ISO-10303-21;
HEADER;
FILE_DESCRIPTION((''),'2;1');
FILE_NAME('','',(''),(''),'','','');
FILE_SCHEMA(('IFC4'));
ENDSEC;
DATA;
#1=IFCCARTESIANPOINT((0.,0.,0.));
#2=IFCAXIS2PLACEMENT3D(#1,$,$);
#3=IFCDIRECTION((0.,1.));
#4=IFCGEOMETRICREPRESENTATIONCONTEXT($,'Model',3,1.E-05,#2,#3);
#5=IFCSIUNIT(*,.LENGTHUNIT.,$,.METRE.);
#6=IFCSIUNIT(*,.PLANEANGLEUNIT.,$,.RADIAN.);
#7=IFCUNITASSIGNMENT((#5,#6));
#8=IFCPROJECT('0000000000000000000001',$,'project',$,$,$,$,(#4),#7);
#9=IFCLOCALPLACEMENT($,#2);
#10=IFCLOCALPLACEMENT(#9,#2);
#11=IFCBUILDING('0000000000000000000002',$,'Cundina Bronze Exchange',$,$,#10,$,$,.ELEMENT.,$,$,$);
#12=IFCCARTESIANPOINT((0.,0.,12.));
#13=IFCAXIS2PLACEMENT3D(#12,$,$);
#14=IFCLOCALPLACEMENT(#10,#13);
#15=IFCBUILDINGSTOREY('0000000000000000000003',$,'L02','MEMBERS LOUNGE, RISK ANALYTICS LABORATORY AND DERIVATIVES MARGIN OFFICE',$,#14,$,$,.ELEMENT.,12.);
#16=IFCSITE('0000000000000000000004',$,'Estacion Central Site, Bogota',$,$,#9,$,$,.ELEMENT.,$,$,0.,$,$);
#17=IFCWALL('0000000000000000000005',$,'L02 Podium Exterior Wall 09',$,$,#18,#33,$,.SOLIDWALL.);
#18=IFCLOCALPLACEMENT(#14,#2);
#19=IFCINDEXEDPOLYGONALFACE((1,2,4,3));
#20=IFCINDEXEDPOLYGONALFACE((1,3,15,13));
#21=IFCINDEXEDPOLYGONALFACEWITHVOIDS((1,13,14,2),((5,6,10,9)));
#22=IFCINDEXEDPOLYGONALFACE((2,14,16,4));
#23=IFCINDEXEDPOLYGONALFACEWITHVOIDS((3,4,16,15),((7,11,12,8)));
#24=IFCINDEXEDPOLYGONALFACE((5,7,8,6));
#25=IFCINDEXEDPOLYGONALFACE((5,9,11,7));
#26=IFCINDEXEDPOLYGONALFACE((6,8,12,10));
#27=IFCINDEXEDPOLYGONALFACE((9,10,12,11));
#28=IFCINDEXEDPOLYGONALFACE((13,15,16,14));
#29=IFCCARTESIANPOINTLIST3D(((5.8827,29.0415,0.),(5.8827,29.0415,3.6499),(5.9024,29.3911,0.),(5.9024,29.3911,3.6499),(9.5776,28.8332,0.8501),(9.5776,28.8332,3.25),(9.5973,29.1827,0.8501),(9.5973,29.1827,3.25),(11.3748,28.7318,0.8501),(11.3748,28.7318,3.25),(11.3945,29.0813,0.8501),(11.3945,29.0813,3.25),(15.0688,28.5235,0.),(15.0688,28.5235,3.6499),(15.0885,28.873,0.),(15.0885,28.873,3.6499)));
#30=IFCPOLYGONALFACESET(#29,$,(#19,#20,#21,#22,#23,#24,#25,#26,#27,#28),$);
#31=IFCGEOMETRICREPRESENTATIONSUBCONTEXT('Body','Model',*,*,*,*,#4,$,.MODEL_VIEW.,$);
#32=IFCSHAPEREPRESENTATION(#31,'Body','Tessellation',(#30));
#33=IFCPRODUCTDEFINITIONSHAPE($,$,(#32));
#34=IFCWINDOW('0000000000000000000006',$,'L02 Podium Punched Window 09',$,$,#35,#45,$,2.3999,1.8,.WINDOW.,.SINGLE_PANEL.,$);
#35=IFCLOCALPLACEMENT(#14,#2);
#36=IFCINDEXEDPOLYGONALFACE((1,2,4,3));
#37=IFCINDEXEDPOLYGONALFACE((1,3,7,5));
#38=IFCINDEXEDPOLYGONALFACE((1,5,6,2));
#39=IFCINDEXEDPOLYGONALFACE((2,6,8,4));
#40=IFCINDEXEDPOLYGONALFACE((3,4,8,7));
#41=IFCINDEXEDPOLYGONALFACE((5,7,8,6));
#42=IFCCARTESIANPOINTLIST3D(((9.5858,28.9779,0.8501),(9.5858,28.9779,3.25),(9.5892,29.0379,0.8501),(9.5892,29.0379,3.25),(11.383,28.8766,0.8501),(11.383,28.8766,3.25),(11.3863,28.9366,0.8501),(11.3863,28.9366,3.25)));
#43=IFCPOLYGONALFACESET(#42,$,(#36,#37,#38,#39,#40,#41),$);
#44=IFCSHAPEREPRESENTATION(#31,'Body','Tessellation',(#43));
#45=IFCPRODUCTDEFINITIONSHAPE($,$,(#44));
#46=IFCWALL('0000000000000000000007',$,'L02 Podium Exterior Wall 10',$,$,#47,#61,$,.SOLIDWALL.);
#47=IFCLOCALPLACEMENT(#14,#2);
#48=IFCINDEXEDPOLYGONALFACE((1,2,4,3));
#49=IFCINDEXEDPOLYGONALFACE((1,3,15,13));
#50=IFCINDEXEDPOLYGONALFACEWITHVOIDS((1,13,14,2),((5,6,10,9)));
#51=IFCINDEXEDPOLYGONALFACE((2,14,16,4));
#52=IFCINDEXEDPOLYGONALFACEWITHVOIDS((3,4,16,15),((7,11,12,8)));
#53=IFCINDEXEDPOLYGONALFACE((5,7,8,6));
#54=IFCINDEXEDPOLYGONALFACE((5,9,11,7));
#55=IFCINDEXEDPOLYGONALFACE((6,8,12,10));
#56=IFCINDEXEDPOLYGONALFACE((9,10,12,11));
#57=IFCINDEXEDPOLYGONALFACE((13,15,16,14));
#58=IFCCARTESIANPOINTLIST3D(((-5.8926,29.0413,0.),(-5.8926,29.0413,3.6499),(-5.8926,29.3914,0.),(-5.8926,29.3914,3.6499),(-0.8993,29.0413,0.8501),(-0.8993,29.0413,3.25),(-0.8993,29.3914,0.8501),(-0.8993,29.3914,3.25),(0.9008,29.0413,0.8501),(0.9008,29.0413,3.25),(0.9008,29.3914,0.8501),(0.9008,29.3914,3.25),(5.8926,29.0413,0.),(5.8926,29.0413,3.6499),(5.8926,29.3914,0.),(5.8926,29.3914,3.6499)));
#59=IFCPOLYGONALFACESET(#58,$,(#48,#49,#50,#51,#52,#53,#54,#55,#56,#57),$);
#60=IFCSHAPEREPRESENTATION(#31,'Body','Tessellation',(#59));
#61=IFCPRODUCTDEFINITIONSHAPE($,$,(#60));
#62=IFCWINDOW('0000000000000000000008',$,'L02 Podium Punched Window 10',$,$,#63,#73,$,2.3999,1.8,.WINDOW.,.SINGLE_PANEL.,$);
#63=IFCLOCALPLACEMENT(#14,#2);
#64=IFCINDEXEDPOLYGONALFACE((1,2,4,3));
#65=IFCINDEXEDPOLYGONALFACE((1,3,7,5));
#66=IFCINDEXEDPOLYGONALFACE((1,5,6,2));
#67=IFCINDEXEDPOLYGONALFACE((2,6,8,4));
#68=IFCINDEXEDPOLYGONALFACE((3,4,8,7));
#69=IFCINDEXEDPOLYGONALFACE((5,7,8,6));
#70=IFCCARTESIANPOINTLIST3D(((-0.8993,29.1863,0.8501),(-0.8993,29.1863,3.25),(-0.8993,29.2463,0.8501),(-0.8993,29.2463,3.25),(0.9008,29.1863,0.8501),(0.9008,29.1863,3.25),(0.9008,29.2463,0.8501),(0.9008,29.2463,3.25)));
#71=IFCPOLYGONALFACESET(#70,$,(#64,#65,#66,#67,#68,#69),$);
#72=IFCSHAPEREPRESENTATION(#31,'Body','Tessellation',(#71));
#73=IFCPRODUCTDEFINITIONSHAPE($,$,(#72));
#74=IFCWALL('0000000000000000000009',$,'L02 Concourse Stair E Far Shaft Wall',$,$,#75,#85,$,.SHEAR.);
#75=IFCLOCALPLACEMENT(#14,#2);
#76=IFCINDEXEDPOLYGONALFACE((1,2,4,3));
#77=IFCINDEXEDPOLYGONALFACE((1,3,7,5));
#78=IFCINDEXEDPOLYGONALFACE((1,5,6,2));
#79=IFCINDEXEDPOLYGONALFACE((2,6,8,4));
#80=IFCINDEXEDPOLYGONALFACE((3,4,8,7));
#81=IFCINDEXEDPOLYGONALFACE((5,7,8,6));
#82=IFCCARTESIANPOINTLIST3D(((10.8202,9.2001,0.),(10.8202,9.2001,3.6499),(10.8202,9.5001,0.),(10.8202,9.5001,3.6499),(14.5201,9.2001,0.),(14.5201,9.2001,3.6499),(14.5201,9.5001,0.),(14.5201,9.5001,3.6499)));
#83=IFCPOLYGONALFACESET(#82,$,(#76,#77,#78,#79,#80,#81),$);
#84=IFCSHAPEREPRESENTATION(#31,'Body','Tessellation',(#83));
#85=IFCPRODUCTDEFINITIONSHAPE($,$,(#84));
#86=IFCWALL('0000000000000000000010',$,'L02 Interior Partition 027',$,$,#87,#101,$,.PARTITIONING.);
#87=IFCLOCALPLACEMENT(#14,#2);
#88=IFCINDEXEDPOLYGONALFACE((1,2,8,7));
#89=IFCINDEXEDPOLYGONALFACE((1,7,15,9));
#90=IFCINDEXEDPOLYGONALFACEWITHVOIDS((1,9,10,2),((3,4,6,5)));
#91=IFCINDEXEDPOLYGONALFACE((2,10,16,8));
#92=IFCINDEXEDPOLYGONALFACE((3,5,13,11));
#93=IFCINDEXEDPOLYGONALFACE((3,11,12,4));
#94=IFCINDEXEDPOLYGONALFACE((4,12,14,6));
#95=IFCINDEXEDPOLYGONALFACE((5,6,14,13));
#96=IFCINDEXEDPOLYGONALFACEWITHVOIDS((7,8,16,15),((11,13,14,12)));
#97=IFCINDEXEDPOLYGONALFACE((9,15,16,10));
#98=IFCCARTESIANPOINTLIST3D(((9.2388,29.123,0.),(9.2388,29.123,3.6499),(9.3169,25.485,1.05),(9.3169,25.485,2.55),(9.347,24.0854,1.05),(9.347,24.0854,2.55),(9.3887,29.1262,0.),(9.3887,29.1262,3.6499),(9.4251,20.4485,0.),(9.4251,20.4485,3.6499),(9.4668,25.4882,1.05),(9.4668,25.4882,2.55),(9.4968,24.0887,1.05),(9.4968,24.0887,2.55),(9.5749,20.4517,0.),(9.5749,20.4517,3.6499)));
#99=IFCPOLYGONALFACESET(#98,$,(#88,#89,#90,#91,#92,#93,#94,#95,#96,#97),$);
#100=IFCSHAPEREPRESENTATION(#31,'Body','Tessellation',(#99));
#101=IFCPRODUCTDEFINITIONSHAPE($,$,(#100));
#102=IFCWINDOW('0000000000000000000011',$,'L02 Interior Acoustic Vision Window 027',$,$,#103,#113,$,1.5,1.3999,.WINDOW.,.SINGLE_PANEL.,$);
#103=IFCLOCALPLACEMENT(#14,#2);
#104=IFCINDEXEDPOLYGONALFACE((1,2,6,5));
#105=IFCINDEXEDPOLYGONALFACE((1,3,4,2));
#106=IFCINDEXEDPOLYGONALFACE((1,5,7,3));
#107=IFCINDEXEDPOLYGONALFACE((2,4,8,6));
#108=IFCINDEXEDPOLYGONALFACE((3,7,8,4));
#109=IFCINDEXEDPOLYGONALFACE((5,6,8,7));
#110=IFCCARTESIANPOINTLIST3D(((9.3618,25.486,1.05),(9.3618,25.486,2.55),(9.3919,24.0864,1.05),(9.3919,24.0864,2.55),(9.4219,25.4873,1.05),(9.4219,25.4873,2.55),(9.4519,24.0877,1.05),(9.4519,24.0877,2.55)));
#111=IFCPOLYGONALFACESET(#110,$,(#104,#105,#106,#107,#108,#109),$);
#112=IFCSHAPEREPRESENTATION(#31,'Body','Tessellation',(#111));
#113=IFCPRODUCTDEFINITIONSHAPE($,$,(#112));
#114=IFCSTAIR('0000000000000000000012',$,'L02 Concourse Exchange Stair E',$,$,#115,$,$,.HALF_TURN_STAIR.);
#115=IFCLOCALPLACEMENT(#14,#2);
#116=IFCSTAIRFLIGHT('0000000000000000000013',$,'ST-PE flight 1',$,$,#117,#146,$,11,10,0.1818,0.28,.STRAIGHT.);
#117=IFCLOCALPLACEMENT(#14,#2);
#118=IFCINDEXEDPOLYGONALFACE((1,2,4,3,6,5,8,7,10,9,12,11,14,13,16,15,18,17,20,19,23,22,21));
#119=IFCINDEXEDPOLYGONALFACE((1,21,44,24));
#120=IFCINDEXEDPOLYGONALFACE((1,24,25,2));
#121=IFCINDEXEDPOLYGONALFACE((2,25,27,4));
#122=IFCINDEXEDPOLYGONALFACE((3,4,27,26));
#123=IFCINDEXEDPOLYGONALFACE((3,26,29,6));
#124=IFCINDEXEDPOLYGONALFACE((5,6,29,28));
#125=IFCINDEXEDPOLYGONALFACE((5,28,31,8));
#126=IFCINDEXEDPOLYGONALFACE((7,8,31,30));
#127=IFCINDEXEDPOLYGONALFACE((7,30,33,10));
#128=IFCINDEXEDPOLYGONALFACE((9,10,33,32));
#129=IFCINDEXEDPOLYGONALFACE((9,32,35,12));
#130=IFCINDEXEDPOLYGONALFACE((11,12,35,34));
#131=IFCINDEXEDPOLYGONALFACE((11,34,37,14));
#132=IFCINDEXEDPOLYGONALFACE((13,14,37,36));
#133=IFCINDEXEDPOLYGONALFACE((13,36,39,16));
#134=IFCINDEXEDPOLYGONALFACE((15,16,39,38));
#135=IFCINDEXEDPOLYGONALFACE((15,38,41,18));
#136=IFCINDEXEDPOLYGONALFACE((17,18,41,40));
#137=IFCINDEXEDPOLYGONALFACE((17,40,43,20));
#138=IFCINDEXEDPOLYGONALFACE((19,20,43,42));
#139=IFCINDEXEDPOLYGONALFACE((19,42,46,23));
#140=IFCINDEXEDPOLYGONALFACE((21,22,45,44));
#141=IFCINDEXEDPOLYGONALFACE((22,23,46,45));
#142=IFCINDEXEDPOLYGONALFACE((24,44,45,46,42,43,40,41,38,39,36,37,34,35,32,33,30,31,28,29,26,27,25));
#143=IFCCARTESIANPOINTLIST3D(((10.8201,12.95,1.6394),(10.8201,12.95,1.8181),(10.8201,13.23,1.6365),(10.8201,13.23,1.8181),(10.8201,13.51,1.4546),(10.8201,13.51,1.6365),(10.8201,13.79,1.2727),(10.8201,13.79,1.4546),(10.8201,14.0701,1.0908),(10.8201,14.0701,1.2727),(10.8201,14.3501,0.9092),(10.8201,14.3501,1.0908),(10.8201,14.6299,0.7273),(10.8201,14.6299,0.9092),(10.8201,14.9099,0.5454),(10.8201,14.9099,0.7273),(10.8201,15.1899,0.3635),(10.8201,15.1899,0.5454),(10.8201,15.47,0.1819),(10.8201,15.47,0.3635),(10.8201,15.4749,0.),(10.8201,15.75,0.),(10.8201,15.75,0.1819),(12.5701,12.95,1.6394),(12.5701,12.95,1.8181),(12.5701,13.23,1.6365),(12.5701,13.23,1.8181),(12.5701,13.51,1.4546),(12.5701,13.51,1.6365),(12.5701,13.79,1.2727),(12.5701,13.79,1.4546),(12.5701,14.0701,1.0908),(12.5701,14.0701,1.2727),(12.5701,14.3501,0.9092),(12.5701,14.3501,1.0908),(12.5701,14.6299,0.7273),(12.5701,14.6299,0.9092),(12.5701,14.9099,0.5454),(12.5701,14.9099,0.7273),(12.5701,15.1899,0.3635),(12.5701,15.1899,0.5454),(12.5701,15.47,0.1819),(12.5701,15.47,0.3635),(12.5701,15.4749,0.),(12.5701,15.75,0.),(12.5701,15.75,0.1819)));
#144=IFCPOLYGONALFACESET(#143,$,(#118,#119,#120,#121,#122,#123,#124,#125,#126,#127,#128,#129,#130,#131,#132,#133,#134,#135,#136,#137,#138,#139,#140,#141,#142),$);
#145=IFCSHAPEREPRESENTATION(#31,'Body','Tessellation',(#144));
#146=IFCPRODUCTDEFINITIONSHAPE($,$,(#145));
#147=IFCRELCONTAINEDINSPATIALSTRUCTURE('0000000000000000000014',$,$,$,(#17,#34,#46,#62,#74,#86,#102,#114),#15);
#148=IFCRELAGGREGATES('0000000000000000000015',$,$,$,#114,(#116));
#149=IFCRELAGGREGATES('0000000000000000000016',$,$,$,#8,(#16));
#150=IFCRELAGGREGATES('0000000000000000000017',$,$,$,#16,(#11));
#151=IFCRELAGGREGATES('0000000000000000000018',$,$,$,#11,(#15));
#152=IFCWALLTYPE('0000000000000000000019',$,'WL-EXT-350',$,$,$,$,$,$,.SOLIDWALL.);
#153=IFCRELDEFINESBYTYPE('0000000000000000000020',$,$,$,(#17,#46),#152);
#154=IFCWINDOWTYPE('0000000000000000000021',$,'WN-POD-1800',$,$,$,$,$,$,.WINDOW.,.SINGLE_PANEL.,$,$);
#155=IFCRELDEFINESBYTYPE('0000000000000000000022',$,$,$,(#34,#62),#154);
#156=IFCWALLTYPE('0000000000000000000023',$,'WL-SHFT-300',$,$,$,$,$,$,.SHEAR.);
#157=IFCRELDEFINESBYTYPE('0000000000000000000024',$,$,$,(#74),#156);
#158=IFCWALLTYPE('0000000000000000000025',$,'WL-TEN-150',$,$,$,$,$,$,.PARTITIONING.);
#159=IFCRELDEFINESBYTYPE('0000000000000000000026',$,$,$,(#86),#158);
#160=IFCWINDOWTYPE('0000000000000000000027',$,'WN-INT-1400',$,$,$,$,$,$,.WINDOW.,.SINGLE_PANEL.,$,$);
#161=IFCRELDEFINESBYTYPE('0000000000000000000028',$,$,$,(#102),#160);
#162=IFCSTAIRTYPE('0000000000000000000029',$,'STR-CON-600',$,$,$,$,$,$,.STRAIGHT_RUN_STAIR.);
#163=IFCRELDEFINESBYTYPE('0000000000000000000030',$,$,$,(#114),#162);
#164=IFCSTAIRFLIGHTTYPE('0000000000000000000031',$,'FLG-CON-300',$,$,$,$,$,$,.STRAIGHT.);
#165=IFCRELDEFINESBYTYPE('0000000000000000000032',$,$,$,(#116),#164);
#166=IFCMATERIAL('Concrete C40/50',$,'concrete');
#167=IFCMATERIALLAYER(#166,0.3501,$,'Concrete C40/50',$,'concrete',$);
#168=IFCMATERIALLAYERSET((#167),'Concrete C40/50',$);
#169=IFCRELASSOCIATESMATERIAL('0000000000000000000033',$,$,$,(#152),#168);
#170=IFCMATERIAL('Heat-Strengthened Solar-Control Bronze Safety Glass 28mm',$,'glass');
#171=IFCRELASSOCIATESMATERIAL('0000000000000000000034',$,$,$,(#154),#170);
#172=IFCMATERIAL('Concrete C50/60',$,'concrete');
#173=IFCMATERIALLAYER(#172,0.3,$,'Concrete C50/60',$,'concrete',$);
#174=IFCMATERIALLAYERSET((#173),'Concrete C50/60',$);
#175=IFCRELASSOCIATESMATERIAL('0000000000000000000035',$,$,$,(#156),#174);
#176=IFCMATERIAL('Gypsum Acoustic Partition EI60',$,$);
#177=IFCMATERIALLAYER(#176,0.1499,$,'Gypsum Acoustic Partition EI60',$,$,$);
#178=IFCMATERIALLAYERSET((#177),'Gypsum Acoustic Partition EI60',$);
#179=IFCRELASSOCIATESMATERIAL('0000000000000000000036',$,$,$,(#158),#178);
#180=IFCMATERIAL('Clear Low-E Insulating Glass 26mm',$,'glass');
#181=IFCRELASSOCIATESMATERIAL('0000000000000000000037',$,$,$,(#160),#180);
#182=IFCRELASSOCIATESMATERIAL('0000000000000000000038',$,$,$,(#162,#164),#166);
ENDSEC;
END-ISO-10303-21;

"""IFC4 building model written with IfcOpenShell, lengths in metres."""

from ifc_helpers import new_model, si_unit, direction, frame, frame_2d, origin, place, context, subcontext, project, spatial, polyline, rectangle, outline, extrude, material, layer, layer_set, type_object, element, fill, aggregate, save


model = new_model("IFC4")

# Units and contexts
model_context = context("Model", 3, precision=1e-05, world=origin(), true_north=direction((0.0, 1.0)))
body_context = subcontext(model_context, "Body", "Model", "MODEL_VIEW")
ifc_project = project(units=[si_unit("LENGTHUNIT", "METRE"), si_unit("PLANEANGLEUNIT", "RADIAN")], contexts=[model_context])

# Site, building, storey
site_placement = place(None, origin())
site = spatial("IfcSite", under=ifc_project, at=site_placement, Name="Estacion Central Site, Bogota", CompositionType="ELEMENT", RefElevation=0.0)
building_placement = place(site_placement, origin())
building = spatial("IfcBuilding", under=site, at=building_placement, Name="Cundina Bronze Exchange", CompositionType="ELEMENT")
storey_placement = place(building_placement, frame((0.0, 0.0, 12.0)))
storey = spatial("IfcBuildingStorey", under=building, at=storey_placement, Name="L02", Description="MEMBERS LOUNGE, RISK ANALYTICS LABORATORY AND DERIVATIVES MARGIN OFFICE", CompositionType="ELEMENT", Elevation=12.0)

# Shared definitions
ifc_material_1 = material(Name="Concrete C50/60", Category="concrete")

# Walls, openings, windows
ifc_material_2 = material(Name="Concrete C40/50", Category="concrete")
ifc_layer_1 = layer(ifc_material_2, 0.3501, Name="Concrete C40/50", Category="concrete")
ifc_layer_set_1 = layer_set([ifc_layer_1], Name="Concrete C40/50")
wall_type_1 = type_object("IfcWallType", Name="WL-EXT-350", PredefinedType="SOLIDWALL", material=ifc_layer_set_1)
ifc_material_3 = material(Name="Heat-Strengthened Solar-Control Bronze Safety Glass 28mm", Category="glass")
window_type_1 = type_object("IfcWindowType", Name="WN-POD-1800", PartitioningType="SINGLE_PANEL", PredefinedType="WINDOW", material=ifc_material_3)
wall_1_placement = place(storey_placement, frame((15.0786, 28.6982, 0.0), z_axis=(0.0, 0.0, 1.0), x_axis=(-0.998413, 0.056308, 0.0)))
wall_1 = element("IfcWall", 1, at=wall_1_placement, inside=storey, type_object=wall_type_1, Name="L02 Podium Exterior Wall 09", PredefinedType="SOLIDWALL", context=body_context, shape_type="SweptSolid", body=[
    extrude(rectangle(XDim=9.2007, YDim=0.3501, at=frame_2d((4.6003, 0.0))), origin(), (0.0, 0.0, 1.0), 3.6499),
])
opening_1_placement = place(wall_1_placement, frame((3.7, 0.0, 0.8501)))
opening_1 = element("IfcOpeningElement", 2, at=opening_1_placement, cuts=wall_1, PredefinedType="OPENING", context=body_context, shape_type="SweptSolid", body=[
    extrude(rectangle(XDim=1.8, YDim=2.3999, at=frame_2d((0.8999, 1.2))), frame((0.0, 0.1851, 0.0), z_axis=(0.0, -1.0, 0.0), x_axis=(1.0, 0.0, 0.0)), (0.0, 0.0, 1.0), 0.3701),
])
window_1_placement = place(opening_1_placement, origin())
window_1 = element("IfcWindow", 3, at=window_1_placement, inside=storey, type_object=window_type_1, Name="L02 Podium Punched Window 09", OverallHeight=2.3999, OverallWidth=1.8, PartitioningType="SINGLE_PANEL", PredefinedType="WINDOW", context=body_context, shape_type="SweptSolid", body=[
    extrude(rectangle(XDim=1.8, YDim=2.3999, at=frame_2d((0.8999, 1.2))), frame((0.0, 0.03, 0.0), z_axis=(0.0, -1.0, 0.0), x_axis=(1.0, 0.0, 0.0)), (0.0, 0.0, 1.0), 0.0601),
])
fill(opening_1, window_1)
wall_2_placement = place(storey_placement, frame((5.8926, 29.2163, 0.0), z_axis=(0.0, 0.0, 1.0), x_axis=(-1.0, 0.0, 0.0)))
wall_2 = element("IfcWall", 4, at=wall_2_placement, inside=storey, type_object=wall_type_1, Name="L02 Podium Exterior Wall 10", PredefinedType="SOLIDWALL", context=body_context, shape_type="SweptSolid", body=[
    extrude(rectangle(XDim=11.7852, YDim=0.3501, at=frame_2d((5.8926, 0.0))), origin(), (0.0, 0.0, 1.0), 3.6499),
])
opening_2_placement = place(wall_2_placement, frame((4.9919, 0.0, 0.8501)))
opening_2 = element("IfcOpeningElement", 5, at=opening_2_placement, cuts=wall_2, PredefinedType="OPENING", context=body_context, shape_type="SweptSolid", body=[
    extrude(rectangle(XDim=1.8, YDim=2.3999, at=frame_2d((0.8999, 1.2))), frame((0.0, 0.1851, 0.0), z_axis=(0.0, -1.0, 0.0), x_axis=(1.0, 0.0, 0.0)), (0.0, 0.0, 1.0), 0.3701),
])
window_2_placement = place(opening_2_placement, origin())
window_2 = element("IfcWindow", 6, at=window_2_placement, inside=storey, type_object=window_type_1, Name="L02 Podium Punched Window 10", OverallHeight=2.3999, OverallWidth=1.8, PartitioningType="SINGLE_PANEL", PredefinedType="WINDOW", context=body_context, shape_type="SweptSolid", body=[
    extrude(rectangle(XDim=1.8, YDim=2.3999, at=frame_2d((0.8999, 1.2))), frame((0.0, 0.03, 0.0), z_axis=(0.0, -1.0, 0.0), x_axis=(1.0, 0.0, 0.0)), (0.0, 0.0, 1.0), 0.0601),
])
fill(opening_2, window_2)

# Shared definitions
ifc_layer_2 = layer(ifc_material_1, 0.3, Name="Concrete C50/60", Category="concrete")
ifc_layer_set_2 = layer_set([ifc_layer_2], Name="Concrete C50/60")
wall_type_2 = type_object("IfcWallType", Name="WL-SHFT-300", PredefinedType="SHEAR", material=ifc_layer_set_2)

# Wall
wall_3_placement = place(storey_placement, frame((10.8201, 9.3501, 0.0), z_axis=(0.0, 0.0, 1.0), x_axis=(1.0, 0.0, 0.0)))
element("IfcWall", 7, at=wall_3_placement, inside=storey, type_object=wall_type_2, Name="L02 Concourse Stair E Far Shaft Wall", PredefinedType="SHEAR", context=body_context, shape_type="SweptSolid", body=[
    extrude(rectangle(XDim=3.7, YDim=0.3, at=frame_2d((1.8501, 0.0))), origin(), (0.0, 0.0, 1.0), 3.6499),
])

# Wall, opening, window
ifc_material_4 = material(Name="Gypsum Acoustic Partition EI60")
ifc_layer_3 = layer(ifc_material_4, 0.1499, Name="Gypsum Acoustic Partition EI60")
ifc_layer_set_3 = layer_set([ifc_layer_3], Name="Gypsum Acoustic Partition EI60")
wall_type_3 = type_object("IfcWallType", Name="WL-TEN-150", PredefinedType="PARTITIONING", material=ifc_layer_set_3)
wall_4_placement = place(storey_placement, frame((9.5, 20.45, 0.0), z_axis=(0.0, 0.0, 1.0), x_axis=(-0.021469, 0.99977, 0.0)))
wall_4 = element("IfcWall", 8, at=wall_4_placement, inside=storey, type_object=wall_type_3, Name="L02 Interior Partition 027", PredefinedType="PARTITIONING", context=body_context, shape_type="SweptSolid", body=[
    extrude(rectangle(XDim=8.6765, YDim=0.1499, at=frame_2d((4.3384, 0.0))), origin(), (0.0, 0.0, 1.0), 3.6499),
])
opening_3_placement = place(wall_4_placement, frame((3.6379, 0.0, 1.05)))
opening_3 = element("IfcOpeningElement", 9, at=opening_3_placement, cuts=wall_4, PredefinedType="OPENING", context=body_context, shape_type="SweptSolid", body=[
    extrude(rectangle(XDim=1.3999, YDim=1.5, at=frame_2d((0.7, 0.75))), frame((0.0, 0.085, 0.0), z_axis=(0.0, -1.0, 0.0), x_axis=(1.0, 0.0, 0.0)), (0.0, 0.0, 1.0), 0.1699),
])
ifc_material_5 = material(Name="Clear Low-E Insulating Glass 26mm", Category="glass")
window_type_2 = type_object("IfcWindowType", Name="WN-INT-1400", PartitioningType="SINGLE_PANEL", PredefinedType="WINDOW", material=ifc_material_5)
window_3_placement = place(opening_3_placement, origin())
window_3 = element("IfcWindow", 10, at=window_3_placement, inside=storey, type_object=window_type_2, Name="L02 Interior Acoustic Vision Window 027", OverallHeight=1.5, OverallWidth=1.3999, PartitioningType="SINGLE_PANEL", PredefinedType="WINDOW", context=body_context, shape_type="SweptSolid", body=[
    extrude(rectangle(XDim=1.3999, YDim=1.5, at=frame_2d((0.7, 0.75))), frame((0.0, 0.03, 0.0), z_axis=(0.0, -1.0, 0.0), x_axis=(1.0, 0.0, 0.0)), (0.0, 0.0, 1.0), 0.0601),
])
fill(opening_3, window_3)

# Stair, stair flight
stair_type = type_object("IfcStairType", Name="STR-CON-600", PredefinedType="STRAIGHT_RUN_STAIR", material=ifc_material_2)
stair_placement = place(storey_placement, origin())
stair = element("IfcStair", 11, at=stair_placement, inside=storey, type_object=stair_type, Name="L02 Concourse Exchange Stair E", PredefinedType="HALF_TURN_STAIR")
stair_flight_type = type_object("IfcStairFlightType", Name="FLG-CON-300", PredefinedType="STRAIGHT", material=ifc_material_2)
stair_flight_1_placement = place(storey_placement, frame((11.6951, 15.75, 0.0), z_axis=(0.0, 0.0, 1.0), x_axis=(0.0, -1.0, 0.0)))
stair_flight_1 = element("IfcStairFlight", 12, at=stair_flight_1_placement, type_object=stair_flight_type, Name="ST-PE flight 1", NumberOfRisers=11, NumberOfTreads=10, PredefinedType="STRAIGHT", RiserHeight=0.1818, TreadLength=0.28, context=body_context, shape_type="SweptSolid", body=[
    extrude(outline(polyline([(0.0, 0.0), (0.0, 0.1819), (0.28, 0.1819), (0.28, 0.3635), (0.5601, 0.3635), (0.5601, 0.5454), (0.8401, 0.5454), (0.8401, 0.7273), (1.1201, 0.7273), (1.1201, 0.9092), (1.3999, 0.9092), (1.3999, 1.0908), (1.6799, 1.0908), (1.6799, 1.2727), (1.96, 1.2727), (1.96, 1.4546), (2.24, 1.4546), (2.24, 1.6365), (2.52, 1.6365), (2.52, 1.8181), (2.8, 1.8181), (2.8, 2.0), (2.8, 1.6394), (0.2751, 0.0), (0.0, 0.0)])), frame((0.0, 0.875, 0.0), z_axis=(0.0, -1.0, 0.0), x_axis=(1.0, 0.0, 0.0)), (0.0, 0.0, 1.0), 1.75),
])
aggregate(stair, [stair_flight_1])

save(model, "model.ifc")
